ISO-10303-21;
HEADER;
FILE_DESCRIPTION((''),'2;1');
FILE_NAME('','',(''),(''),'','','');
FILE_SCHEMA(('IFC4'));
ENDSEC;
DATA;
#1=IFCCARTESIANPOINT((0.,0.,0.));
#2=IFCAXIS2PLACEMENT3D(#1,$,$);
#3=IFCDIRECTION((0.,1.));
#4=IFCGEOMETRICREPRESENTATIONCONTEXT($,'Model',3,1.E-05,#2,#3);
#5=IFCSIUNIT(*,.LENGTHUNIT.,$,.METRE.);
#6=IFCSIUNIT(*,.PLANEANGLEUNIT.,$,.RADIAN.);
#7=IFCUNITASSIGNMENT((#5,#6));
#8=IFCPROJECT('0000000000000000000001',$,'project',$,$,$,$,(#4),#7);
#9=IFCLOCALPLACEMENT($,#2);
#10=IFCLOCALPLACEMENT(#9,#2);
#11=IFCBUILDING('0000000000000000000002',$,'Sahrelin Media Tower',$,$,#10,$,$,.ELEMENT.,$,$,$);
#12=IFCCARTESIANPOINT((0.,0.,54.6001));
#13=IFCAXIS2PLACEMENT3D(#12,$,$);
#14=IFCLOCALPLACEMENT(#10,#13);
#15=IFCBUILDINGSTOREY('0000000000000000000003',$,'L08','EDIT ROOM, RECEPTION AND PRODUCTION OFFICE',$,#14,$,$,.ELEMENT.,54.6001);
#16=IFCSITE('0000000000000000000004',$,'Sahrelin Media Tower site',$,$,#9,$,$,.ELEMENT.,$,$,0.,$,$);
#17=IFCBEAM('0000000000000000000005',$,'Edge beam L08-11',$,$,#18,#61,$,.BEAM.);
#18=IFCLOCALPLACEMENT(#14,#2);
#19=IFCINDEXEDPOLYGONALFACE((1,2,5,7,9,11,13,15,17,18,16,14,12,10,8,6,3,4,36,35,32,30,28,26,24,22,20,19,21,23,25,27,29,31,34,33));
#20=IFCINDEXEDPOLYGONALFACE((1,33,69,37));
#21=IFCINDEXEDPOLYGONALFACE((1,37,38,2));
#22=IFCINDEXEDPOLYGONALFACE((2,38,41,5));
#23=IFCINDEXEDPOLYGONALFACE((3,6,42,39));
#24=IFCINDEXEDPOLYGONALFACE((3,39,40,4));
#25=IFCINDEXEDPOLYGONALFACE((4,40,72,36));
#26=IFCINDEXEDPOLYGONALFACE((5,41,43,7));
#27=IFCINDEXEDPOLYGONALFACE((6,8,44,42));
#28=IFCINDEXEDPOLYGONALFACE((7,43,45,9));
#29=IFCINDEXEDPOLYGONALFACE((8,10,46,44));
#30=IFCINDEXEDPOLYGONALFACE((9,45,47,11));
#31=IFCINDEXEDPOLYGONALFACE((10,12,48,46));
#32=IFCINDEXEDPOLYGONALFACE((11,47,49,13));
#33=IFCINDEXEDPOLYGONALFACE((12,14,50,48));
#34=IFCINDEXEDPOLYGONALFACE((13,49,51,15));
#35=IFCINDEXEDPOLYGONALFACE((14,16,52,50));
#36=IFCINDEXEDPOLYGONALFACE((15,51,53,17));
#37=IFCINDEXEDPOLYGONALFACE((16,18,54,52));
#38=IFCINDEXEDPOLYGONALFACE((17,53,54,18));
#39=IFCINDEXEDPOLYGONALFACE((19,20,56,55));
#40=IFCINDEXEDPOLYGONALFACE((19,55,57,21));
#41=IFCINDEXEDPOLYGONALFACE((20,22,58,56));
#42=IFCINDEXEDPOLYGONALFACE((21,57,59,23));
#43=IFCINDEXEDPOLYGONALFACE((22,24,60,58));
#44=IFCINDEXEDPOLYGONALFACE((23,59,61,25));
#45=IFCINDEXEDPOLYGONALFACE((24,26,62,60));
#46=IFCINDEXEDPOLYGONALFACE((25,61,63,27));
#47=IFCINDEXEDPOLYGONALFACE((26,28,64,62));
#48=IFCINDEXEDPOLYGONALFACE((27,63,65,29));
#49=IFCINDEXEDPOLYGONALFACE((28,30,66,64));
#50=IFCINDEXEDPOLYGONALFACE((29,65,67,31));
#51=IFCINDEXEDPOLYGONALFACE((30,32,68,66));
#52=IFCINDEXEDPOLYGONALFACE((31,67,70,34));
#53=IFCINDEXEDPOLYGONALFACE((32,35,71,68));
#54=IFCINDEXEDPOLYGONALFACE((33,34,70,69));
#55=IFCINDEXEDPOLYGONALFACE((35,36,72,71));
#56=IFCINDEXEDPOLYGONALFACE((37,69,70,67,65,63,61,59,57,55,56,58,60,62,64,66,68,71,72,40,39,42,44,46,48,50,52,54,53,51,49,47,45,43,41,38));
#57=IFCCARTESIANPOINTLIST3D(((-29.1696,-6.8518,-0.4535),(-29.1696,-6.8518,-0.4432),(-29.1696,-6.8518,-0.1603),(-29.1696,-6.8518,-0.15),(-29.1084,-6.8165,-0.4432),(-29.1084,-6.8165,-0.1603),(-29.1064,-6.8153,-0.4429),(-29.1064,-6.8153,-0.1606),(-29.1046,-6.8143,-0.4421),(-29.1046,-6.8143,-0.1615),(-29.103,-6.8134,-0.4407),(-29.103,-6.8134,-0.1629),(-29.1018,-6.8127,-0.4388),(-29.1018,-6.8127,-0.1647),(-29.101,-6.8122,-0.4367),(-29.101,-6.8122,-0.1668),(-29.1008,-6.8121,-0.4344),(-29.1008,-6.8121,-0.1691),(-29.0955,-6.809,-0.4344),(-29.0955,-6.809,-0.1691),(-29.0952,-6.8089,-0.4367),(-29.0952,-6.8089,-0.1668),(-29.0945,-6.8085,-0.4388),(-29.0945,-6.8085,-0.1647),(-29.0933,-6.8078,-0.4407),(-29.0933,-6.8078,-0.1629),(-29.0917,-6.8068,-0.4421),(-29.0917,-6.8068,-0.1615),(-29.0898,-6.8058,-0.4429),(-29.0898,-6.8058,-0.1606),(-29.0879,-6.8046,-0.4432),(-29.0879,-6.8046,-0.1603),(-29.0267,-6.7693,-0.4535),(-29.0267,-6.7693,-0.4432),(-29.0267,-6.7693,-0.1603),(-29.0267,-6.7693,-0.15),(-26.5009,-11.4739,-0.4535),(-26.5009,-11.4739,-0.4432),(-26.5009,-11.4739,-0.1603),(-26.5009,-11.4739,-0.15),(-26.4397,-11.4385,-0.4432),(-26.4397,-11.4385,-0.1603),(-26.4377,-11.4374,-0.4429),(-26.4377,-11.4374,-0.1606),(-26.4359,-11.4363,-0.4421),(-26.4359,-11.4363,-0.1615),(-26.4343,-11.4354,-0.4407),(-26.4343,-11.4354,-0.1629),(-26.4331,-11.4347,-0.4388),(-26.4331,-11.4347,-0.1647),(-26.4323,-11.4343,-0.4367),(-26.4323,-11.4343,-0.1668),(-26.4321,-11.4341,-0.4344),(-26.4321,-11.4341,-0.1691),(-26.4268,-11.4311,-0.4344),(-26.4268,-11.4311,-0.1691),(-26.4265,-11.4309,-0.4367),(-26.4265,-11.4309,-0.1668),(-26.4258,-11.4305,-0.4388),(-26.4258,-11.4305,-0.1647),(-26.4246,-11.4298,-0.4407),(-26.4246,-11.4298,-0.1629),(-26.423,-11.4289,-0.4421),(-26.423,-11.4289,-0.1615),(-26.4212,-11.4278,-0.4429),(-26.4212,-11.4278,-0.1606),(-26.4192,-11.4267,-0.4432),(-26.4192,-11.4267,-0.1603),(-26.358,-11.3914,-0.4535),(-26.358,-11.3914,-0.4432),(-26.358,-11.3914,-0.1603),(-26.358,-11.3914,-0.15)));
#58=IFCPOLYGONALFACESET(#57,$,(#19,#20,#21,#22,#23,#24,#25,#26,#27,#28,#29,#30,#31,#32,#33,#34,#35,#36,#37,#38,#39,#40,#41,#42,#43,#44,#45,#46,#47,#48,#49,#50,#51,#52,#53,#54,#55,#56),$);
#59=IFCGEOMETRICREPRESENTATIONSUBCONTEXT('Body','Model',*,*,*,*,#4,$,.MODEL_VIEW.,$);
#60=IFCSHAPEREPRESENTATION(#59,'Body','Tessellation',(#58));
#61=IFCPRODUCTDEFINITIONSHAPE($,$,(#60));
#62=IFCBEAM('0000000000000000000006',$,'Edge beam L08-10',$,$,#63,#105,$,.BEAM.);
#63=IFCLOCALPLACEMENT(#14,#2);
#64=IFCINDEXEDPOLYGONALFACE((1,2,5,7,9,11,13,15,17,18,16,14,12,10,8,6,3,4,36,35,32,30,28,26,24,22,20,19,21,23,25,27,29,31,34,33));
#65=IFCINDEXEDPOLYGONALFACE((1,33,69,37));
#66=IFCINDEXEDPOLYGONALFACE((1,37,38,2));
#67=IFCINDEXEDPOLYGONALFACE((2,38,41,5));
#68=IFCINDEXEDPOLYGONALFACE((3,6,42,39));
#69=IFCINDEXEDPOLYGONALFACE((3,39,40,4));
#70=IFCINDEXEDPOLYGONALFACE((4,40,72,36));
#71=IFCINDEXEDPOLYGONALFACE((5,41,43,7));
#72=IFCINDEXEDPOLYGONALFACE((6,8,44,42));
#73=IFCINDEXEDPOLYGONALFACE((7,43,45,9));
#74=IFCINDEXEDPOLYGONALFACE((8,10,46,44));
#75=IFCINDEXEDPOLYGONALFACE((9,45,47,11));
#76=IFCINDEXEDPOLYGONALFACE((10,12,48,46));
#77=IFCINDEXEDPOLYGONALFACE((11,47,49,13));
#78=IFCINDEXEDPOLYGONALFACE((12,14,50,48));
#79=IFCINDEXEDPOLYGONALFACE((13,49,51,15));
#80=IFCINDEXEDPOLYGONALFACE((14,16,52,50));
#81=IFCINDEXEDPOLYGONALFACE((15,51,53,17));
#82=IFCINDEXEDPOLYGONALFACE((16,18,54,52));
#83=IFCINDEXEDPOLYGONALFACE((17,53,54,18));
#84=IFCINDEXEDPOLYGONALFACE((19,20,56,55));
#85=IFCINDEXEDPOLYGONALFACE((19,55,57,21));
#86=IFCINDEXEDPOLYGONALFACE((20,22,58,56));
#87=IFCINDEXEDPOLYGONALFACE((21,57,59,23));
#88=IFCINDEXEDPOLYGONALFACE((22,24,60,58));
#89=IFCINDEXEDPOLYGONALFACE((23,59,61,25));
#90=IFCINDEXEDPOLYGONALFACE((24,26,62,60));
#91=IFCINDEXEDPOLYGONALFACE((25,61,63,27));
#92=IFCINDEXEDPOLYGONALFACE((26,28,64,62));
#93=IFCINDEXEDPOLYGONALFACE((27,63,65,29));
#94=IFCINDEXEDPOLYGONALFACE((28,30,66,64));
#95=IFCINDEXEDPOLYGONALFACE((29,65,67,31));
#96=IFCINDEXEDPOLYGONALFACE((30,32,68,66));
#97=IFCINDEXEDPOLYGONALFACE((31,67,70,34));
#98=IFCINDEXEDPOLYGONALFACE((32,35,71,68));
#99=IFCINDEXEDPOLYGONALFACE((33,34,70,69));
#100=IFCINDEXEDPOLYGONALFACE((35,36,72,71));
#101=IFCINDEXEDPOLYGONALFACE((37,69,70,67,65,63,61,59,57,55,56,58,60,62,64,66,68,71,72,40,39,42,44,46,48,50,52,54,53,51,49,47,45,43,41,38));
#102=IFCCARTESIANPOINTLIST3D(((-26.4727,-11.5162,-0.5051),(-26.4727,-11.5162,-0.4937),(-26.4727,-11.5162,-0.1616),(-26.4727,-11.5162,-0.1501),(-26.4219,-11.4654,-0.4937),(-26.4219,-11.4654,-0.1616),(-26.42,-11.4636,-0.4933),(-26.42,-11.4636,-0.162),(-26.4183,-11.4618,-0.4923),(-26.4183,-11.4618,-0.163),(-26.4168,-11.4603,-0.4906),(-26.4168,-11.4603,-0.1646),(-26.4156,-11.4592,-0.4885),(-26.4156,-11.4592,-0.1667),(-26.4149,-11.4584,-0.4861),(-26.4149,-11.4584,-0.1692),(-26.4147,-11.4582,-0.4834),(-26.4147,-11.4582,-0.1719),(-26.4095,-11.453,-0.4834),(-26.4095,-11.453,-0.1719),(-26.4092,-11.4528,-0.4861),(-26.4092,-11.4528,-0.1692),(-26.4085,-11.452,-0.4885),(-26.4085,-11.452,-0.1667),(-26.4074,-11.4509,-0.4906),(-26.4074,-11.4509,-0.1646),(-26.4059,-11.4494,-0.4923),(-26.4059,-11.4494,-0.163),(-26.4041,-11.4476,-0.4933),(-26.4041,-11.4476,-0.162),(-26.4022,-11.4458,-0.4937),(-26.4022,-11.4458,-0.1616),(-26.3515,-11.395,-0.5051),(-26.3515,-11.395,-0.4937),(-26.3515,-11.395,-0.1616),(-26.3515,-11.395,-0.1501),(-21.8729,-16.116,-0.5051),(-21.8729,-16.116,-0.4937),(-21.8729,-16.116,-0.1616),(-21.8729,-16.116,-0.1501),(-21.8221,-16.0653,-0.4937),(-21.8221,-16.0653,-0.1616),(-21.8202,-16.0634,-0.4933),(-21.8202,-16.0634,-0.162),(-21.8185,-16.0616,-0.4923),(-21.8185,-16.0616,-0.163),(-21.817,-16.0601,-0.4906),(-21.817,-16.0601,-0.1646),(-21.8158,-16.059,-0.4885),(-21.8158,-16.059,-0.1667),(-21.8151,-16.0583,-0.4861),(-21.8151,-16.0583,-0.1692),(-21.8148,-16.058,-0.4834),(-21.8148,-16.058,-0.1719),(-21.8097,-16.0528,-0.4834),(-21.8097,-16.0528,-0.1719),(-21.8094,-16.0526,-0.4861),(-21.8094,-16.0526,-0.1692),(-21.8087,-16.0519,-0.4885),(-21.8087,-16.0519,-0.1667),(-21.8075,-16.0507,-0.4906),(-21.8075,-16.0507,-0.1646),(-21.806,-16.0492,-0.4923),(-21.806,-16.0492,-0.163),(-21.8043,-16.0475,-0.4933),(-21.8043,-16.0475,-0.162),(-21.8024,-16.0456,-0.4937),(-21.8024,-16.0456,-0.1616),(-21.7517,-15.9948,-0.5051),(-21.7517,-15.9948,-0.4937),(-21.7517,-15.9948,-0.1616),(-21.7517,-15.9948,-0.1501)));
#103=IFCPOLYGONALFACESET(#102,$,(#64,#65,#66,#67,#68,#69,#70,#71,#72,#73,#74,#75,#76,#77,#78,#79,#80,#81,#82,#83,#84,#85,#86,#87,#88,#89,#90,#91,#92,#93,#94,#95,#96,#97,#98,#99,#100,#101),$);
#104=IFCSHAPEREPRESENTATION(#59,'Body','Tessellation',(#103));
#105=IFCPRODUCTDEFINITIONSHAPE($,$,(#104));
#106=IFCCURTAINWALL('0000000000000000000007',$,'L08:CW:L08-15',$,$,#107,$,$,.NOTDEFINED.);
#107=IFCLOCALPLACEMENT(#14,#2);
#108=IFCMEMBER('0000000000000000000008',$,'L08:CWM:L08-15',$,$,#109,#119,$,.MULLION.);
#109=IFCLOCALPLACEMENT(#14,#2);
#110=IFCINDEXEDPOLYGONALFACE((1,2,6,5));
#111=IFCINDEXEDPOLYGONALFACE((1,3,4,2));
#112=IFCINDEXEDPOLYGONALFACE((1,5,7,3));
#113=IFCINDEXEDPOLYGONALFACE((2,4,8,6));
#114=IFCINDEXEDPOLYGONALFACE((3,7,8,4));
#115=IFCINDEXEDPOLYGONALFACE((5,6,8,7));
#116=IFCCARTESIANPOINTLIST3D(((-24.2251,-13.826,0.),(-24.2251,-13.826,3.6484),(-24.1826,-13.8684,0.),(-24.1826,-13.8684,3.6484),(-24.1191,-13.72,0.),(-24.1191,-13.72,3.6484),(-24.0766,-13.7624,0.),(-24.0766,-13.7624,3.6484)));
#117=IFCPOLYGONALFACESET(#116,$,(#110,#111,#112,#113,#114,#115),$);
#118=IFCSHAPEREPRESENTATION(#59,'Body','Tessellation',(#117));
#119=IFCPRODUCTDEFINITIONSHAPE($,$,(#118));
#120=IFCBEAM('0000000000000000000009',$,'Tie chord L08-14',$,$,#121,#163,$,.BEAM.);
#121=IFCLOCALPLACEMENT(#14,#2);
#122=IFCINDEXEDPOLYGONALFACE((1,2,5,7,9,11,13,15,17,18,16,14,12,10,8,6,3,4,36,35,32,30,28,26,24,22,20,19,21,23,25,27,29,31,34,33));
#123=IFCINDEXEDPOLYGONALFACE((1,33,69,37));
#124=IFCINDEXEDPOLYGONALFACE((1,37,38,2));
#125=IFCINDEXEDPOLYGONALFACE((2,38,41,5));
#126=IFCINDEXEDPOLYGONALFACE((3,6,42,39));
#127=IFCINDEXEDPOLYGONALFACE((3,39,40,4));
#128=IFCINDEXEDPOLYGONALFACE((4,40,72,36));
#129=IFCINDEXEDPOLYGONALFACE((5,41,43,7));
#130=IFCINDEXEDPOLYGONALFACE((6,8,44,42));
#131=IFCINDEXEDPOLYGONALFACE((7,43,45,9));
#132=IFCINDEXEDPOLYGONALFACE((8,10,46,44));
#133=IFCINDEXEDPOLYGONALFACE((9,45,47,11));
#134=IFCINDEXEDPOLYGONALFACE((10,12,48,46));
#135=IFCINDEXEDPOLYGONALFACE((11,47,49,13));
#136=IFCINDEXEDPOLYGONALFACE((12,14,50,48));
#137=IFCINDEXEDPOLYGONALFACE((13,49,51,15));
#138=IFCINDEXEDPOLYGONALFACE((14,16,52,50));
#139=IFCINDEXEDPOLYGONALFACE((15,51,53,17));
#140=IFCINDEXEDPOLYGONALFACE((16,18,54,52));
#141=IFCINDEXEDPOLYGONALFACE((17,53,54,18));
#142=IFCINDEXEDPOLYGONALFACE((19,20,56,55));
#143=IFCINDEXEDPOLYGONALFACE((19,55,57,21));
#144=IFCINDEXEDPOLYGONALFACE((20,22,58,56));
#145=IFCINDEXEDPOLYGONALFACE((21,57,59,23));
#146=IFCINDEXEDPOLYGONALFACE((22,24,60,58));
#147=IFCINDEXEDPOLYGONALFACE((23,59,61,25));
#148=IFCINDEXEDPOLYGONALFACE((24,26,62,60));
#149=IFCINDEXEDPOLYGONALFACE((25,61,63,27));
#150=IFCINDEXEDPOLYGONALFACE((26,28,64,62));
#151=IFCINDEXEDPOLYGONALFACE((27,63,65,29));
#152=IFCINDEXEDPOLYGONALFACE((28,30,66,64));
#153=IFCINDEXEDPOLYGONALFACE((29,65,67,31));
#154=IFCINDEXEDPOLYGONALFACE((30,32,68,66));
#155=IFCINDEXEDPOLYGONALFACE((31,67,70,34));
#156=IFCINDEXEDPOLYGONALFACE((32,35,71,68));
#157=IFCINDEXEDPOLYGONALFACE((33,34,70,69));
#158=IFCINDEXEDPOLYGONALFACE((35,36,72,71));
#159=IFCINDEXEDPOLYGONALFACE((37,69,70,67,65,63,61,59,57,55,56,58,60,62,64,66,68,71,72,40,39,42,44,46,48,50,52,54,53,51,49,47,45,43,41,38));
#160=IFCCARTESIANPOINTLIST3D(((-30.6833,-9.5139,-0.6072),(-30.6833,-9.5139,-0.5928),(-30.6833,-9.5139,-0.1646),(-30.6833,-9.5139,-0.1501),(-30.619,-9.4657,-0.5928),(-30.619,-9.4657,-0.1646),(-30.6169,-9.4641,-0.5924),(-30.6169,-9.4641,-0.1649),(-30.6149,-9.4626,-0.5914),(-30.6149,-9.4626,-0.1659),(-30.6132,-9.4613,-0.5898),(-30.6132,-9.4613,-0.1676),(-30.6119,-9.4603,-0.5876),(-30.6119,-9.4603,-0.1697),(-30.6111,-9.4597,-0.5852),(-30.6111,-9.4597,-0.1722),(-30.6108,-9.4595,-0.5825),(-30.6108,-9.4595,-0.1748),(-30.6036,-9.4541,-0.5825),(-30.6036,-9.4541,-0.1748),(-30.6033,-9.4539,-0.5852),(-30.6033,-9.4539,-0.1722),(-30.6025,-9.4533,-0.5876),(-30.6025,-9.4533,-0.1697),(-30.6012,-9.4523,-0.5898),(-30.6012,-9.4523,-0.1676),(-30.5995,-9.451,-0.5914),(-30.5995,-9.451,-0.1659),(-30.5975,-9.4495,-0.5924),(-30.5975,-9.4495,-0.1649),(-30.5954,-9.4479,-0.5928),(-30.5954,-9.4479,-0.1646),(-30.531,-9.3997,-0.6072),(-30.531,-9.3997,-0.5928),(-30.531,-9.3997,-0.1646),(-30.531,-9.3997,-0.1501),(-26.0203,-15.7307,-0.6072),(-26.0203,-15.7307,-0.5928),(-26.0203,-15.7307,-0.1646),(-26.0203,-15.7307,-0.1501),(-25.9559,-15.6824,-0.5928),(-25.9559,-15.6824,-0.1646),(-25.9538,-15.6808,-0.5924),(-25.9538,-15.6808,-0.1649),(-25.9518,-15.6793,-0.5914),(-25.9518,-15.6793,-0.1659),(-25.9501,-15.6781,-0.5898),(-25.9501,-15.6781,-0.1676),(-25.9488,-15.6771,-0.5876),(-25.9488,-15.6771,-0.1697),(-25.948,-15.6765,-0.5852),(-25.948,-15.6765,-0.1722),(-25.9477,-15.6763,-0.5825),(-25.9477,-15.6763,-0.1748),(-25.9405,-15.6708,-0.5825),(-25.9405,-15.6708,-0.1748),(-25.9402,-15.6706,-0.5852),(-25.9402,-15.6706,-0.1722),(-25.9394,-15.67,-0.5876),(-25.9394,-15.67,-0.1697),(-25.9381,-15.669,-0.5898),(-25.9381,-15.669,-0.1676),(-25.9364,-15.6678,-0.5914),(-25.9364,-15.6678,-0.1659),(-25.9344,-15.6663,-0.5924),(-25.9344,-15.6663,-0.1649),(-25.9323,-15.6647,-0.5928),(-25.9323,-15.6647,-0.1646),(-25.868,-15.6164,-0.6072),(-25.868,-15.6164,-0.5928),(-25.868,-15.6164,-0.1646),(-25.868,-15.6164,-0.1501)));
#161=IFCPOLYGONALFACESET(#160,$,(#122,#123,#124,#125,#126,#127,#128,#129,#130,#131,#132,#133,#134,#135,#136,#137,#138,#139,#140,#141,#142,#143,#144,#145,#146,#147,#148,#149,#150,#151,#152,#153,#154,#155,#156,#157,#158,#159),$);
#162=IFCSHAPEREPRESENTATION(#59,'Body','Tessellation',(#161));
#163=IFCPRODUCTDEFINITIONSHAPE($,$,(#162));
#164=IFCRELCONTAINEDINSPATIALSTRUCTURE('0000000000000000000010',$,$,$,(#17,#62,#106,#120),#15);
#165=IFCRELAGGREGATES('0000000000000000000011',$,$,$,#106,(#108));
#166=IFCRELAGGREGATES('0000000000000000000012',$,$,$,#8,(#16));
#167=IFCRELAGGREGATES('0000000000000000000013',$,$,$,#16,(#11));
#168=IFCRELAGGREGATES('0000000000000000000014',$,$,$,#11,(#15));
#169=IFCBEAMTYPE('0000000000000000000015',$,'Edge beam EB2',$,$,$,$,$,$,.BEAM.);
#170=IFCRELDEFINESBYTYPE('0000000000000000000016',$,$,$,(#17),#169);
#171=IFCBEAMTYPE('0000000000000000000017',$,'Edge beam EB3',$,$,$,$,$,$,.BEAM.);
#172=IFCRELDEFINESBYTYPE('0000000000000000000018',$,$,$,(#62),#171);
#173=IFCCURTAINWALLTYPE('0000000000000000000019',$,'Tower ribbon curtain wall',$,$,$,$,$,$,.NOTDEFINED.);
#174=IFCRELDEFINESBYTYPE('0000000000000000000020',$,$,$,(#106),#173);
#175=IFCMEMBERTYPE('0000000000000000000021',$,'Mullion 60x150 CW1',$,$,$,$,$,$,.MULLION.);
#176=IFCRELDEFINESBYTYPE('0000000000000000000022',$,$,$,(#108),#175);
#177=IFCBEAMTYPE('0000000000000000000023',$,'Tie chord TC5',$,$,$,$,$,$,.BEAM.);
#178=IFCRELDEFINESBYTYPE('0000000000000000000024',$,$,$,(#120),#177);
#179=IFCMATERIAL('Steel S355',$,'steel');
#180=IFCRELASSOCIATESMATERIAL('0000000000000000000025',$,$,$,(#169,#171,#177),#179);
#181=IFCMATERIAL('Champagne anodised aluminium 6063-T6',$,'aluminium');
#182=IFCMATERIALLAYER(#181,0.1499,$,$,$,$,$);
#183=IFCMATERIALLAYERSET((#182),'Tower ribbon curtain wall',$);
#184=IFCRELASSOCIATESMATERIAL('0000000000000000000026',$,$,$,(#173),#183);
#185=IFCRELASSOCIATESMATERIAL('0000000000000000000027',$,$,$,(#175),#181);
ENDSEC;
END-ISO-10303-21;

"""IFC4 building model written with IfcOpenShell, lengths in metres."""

from ifc_helpers import new_model, si_unit, direction, frame, origin, origin_2d, place, context, subcontext, project, spatial, rectangle, i_section, extrude, material, layer, layer_set, material_profile, profile_set, type_object, element, aggregate, save


model = new_model("IFC4")

# Units and contexts
model_context = context("Model", 3, precision=1e-05, world=origin(), true_north=direction((0.0, 1.0)))
body_context = subcontext(model_context, "Body", "Model", "MODEL_VIEW")
ifc_project = project(units=[si_unit("LENGTHUNIT", "METRE"), si_unit("PLANEANGLEUNIT", "RADIAN")], contexts=[model_context])

# Site, building, storey
site_placement = place(None, origin())
site = spatial("IfcSite", under=ifc_project, at=site_placement, Name="Sahrelin Media Tower site", CompositionType="ELEMENT", RefElevation=0.0)
building_placement = place(site_placement, origin())
building = spatial("IfcBuilding", under=site, at=building_placement, Name="Sahrelin Media Tower", CompositionType="ELEMENT")
storey_placement = place(building_placement, frame((0.0, 0.0, 54.6001)))
storey = spatial("IfcBuildingStorey", under=building, at=storey_placement, Name="L08", Description="EDIT ROOM, RECEPTION AND PRODUCTION OFFICE", CompositionType="ELEMENT", Elevation=54.6001)

# Beams
ifc_material_1 = material(Name="Steel S355", Category="steel")
ifc_material_profile_1 = material_profile(ifc_material_1, i_section(OverallWidth=0.165, OverallDepth=0.3035, WebThickness=0.0061, FlangeThickness=0.0103, FilletRadius=0.0088, at=origin_2d()), Name="UB 305x165x40")
ifc_profile_set_1 = profile_set([ifc_material_profile_1], Name="Steel S355")
beam_type_1 = type_object("IfcBeamType", Name="Edge beam EB2", PredefinedType="BEAM", material=ifc_profile_set_1)
beam_1_placement = place(storey_placement, frame((-26.4294, -11.4326, -0.3018), z_axis=(-0.500021, 0.866013, 0.0), x_axis=(-0.866013, -0.500021, 0.0)))
element("IfcBeam", 1, at=beam_1_placement, inside=storey, type_object=beam_type_1, Name="Edge beam L08-11", PredefinedType="BEAM", context=body_context, shape_type="SweptSolid", body=[
    extrude(i_section(OverallWidth=0.165, OverallDepth=0.3035, WebThickness=0.0061, FlangeThickness=0.0103, FilletRadius=0.0088, at=origin_2d()), origin(), (0.0, 0.0, 1.0), 5.3372),
])
ifc_material_profile_2 = material_profile(ifc_material_1, i_section(OverallWidth=0.1714, OverallDepth=0.355, WebThickness=0.0073, FlangeThickness=0.0115, FilletRadius=0.0103, at=origin_2d()), Name="UB 356x171x51")
ifc_profile_set_2 = profile_set([ifc_material_profile_2], Name="Steel S355")
beam_type_2 = type_object("IfcBeamType", Name="Edge beam EB3", PredefinedType="BEAM", material=ifc_profile_set_2)
beam_2_placement = place(storey_placement, frame((-21.8123, -16.0554, -0.3276), z_axis=(-0.707107, 0.707107, 0.0), x_axis=(-0.707107, -0.707107, 0.0)))
element("IfcBeam", 2, at=beam_2_placement, inside=storey, type_object=beam_type_2, Name="Edge beam L08-10", PredefinedType="BEAM", context=body_context, shape_type="SweptSolid", body=[
    extrude(i_section(OverallWidth=0.1714, OverallDepth=0.355, WebThickness=0.0073, FlangeThickness=0.0115, FilletRadius=0.0103, at=origin_2d()), origin(), (0.0, 0.0, 1.0), 6.5051),
])

# Curtain wall, member
ifc_material_2 = material(Name="Champagne anodised aluminium 6063-T6", Category="aluminium")
ifc_layer_1 = layer(ifc_material_2, 0.1499)
ifc_layer_set_1 = layer_set([ifc_layer_1], Name="Tower ribbon curtain wall")
curtain_wall_type = type_object("IfcCurtainWallType", Name="Tower ribbon curtain wall", PredefinedType="NOTDEFINED", material=ifc_layer_set_1)
curtain_wall_1_placement = place(storey_placement, frame((-24.218, -13.8613, 0.0), z_axis=(0.0, 0.0, 1.0), x_axis=(1.0, 0.0, 0.0)))
curtain_wall_1 = element("IfcCurtainWall", 3, at=curtain_wall_1_placement, inside=storey, type_object=curtain_wall_type, Name="L08:CW:L08-15", PredefinedType="NOTDEFINED")
ifc_material_profile_3 = material_profile(ifc_material_2, rectangle(XDim=0.0601, YDim=0.1499, at=origin_2d()), Name="Mullion 60x150")
ifc_profile_set_3 = profile_set([ifc_material_profile_3], Name="Champagne anodised aluminium 6063-T6")
member_type_1 = type_object("IfcMemberType", Name="Mullion 60x150 CW1", PredefinedType="MULLION", material=ifc_profile_set_3)
member_1_placement = place(storey_placement, frame((-24.1509, -13.7942, 0.0), z_axis=(0.0, 0.0, 1.0), x_axis=(0.707107, -0.707107, 0.0)))
member_1 = element("IfcMember", 4, at=member_1_placement, type_object=member_type_1, Name="L08:CWM:L08-15", PredefinedType="MULLION", context=body_context, shape_type="SweptSolid", body=[
    extrude(rectangle(XDim=0.0601, YDim=0.1499, at=origin_2d()), origin(), (0.0, 0.0, 1.0), 3.6484),
])

# Beam
ifc_material_profile_4 = material_profile(ifc_material_1, i_section(OverallWidth=0.1904, OverallDepth=0.457, WebThickness=0.009, FlangeThickness=0.0144, FilletRadius=0.0103, at=origin_2d()), Name="UB 457x191x74")
ifc_profile_set_4 = profile_set([ifc_material_profile_4], Name="Steel S355")
beam_type_3 = type_object("IfcBeamType", Name="Tie chord TC5", PredefinedType="BEAM", material=ifc_profile_set_4)
beam_3_placement = place(storey_placement, frame((-30.6072, -9.4568, -0.3787), z_axis=(0.60004, -0.79997, 0.0), x_axis=(0.79997, 0.60004, 0.0)))
element("IfcBeam", 5, at=beam_3_placement, inside=storey, type_object=beam_type_3, Name="Tie chord L08-14", PredefinedType="BEAM", context=body_context, shape_type="SweptSolid", body=[
    extrude(i_section(OverallWidth=0.1904, OverallDepth=0.457, WebThickness=0.009, FlangeThickness=0.0144, FilletRadius=0.0103, at=origin_2d()), origin(), (0.0, 0.0, 1.0), 7.7712),
])

aggregate(curtain_wall_1, [member_1])

save(model, "model.ifc")
